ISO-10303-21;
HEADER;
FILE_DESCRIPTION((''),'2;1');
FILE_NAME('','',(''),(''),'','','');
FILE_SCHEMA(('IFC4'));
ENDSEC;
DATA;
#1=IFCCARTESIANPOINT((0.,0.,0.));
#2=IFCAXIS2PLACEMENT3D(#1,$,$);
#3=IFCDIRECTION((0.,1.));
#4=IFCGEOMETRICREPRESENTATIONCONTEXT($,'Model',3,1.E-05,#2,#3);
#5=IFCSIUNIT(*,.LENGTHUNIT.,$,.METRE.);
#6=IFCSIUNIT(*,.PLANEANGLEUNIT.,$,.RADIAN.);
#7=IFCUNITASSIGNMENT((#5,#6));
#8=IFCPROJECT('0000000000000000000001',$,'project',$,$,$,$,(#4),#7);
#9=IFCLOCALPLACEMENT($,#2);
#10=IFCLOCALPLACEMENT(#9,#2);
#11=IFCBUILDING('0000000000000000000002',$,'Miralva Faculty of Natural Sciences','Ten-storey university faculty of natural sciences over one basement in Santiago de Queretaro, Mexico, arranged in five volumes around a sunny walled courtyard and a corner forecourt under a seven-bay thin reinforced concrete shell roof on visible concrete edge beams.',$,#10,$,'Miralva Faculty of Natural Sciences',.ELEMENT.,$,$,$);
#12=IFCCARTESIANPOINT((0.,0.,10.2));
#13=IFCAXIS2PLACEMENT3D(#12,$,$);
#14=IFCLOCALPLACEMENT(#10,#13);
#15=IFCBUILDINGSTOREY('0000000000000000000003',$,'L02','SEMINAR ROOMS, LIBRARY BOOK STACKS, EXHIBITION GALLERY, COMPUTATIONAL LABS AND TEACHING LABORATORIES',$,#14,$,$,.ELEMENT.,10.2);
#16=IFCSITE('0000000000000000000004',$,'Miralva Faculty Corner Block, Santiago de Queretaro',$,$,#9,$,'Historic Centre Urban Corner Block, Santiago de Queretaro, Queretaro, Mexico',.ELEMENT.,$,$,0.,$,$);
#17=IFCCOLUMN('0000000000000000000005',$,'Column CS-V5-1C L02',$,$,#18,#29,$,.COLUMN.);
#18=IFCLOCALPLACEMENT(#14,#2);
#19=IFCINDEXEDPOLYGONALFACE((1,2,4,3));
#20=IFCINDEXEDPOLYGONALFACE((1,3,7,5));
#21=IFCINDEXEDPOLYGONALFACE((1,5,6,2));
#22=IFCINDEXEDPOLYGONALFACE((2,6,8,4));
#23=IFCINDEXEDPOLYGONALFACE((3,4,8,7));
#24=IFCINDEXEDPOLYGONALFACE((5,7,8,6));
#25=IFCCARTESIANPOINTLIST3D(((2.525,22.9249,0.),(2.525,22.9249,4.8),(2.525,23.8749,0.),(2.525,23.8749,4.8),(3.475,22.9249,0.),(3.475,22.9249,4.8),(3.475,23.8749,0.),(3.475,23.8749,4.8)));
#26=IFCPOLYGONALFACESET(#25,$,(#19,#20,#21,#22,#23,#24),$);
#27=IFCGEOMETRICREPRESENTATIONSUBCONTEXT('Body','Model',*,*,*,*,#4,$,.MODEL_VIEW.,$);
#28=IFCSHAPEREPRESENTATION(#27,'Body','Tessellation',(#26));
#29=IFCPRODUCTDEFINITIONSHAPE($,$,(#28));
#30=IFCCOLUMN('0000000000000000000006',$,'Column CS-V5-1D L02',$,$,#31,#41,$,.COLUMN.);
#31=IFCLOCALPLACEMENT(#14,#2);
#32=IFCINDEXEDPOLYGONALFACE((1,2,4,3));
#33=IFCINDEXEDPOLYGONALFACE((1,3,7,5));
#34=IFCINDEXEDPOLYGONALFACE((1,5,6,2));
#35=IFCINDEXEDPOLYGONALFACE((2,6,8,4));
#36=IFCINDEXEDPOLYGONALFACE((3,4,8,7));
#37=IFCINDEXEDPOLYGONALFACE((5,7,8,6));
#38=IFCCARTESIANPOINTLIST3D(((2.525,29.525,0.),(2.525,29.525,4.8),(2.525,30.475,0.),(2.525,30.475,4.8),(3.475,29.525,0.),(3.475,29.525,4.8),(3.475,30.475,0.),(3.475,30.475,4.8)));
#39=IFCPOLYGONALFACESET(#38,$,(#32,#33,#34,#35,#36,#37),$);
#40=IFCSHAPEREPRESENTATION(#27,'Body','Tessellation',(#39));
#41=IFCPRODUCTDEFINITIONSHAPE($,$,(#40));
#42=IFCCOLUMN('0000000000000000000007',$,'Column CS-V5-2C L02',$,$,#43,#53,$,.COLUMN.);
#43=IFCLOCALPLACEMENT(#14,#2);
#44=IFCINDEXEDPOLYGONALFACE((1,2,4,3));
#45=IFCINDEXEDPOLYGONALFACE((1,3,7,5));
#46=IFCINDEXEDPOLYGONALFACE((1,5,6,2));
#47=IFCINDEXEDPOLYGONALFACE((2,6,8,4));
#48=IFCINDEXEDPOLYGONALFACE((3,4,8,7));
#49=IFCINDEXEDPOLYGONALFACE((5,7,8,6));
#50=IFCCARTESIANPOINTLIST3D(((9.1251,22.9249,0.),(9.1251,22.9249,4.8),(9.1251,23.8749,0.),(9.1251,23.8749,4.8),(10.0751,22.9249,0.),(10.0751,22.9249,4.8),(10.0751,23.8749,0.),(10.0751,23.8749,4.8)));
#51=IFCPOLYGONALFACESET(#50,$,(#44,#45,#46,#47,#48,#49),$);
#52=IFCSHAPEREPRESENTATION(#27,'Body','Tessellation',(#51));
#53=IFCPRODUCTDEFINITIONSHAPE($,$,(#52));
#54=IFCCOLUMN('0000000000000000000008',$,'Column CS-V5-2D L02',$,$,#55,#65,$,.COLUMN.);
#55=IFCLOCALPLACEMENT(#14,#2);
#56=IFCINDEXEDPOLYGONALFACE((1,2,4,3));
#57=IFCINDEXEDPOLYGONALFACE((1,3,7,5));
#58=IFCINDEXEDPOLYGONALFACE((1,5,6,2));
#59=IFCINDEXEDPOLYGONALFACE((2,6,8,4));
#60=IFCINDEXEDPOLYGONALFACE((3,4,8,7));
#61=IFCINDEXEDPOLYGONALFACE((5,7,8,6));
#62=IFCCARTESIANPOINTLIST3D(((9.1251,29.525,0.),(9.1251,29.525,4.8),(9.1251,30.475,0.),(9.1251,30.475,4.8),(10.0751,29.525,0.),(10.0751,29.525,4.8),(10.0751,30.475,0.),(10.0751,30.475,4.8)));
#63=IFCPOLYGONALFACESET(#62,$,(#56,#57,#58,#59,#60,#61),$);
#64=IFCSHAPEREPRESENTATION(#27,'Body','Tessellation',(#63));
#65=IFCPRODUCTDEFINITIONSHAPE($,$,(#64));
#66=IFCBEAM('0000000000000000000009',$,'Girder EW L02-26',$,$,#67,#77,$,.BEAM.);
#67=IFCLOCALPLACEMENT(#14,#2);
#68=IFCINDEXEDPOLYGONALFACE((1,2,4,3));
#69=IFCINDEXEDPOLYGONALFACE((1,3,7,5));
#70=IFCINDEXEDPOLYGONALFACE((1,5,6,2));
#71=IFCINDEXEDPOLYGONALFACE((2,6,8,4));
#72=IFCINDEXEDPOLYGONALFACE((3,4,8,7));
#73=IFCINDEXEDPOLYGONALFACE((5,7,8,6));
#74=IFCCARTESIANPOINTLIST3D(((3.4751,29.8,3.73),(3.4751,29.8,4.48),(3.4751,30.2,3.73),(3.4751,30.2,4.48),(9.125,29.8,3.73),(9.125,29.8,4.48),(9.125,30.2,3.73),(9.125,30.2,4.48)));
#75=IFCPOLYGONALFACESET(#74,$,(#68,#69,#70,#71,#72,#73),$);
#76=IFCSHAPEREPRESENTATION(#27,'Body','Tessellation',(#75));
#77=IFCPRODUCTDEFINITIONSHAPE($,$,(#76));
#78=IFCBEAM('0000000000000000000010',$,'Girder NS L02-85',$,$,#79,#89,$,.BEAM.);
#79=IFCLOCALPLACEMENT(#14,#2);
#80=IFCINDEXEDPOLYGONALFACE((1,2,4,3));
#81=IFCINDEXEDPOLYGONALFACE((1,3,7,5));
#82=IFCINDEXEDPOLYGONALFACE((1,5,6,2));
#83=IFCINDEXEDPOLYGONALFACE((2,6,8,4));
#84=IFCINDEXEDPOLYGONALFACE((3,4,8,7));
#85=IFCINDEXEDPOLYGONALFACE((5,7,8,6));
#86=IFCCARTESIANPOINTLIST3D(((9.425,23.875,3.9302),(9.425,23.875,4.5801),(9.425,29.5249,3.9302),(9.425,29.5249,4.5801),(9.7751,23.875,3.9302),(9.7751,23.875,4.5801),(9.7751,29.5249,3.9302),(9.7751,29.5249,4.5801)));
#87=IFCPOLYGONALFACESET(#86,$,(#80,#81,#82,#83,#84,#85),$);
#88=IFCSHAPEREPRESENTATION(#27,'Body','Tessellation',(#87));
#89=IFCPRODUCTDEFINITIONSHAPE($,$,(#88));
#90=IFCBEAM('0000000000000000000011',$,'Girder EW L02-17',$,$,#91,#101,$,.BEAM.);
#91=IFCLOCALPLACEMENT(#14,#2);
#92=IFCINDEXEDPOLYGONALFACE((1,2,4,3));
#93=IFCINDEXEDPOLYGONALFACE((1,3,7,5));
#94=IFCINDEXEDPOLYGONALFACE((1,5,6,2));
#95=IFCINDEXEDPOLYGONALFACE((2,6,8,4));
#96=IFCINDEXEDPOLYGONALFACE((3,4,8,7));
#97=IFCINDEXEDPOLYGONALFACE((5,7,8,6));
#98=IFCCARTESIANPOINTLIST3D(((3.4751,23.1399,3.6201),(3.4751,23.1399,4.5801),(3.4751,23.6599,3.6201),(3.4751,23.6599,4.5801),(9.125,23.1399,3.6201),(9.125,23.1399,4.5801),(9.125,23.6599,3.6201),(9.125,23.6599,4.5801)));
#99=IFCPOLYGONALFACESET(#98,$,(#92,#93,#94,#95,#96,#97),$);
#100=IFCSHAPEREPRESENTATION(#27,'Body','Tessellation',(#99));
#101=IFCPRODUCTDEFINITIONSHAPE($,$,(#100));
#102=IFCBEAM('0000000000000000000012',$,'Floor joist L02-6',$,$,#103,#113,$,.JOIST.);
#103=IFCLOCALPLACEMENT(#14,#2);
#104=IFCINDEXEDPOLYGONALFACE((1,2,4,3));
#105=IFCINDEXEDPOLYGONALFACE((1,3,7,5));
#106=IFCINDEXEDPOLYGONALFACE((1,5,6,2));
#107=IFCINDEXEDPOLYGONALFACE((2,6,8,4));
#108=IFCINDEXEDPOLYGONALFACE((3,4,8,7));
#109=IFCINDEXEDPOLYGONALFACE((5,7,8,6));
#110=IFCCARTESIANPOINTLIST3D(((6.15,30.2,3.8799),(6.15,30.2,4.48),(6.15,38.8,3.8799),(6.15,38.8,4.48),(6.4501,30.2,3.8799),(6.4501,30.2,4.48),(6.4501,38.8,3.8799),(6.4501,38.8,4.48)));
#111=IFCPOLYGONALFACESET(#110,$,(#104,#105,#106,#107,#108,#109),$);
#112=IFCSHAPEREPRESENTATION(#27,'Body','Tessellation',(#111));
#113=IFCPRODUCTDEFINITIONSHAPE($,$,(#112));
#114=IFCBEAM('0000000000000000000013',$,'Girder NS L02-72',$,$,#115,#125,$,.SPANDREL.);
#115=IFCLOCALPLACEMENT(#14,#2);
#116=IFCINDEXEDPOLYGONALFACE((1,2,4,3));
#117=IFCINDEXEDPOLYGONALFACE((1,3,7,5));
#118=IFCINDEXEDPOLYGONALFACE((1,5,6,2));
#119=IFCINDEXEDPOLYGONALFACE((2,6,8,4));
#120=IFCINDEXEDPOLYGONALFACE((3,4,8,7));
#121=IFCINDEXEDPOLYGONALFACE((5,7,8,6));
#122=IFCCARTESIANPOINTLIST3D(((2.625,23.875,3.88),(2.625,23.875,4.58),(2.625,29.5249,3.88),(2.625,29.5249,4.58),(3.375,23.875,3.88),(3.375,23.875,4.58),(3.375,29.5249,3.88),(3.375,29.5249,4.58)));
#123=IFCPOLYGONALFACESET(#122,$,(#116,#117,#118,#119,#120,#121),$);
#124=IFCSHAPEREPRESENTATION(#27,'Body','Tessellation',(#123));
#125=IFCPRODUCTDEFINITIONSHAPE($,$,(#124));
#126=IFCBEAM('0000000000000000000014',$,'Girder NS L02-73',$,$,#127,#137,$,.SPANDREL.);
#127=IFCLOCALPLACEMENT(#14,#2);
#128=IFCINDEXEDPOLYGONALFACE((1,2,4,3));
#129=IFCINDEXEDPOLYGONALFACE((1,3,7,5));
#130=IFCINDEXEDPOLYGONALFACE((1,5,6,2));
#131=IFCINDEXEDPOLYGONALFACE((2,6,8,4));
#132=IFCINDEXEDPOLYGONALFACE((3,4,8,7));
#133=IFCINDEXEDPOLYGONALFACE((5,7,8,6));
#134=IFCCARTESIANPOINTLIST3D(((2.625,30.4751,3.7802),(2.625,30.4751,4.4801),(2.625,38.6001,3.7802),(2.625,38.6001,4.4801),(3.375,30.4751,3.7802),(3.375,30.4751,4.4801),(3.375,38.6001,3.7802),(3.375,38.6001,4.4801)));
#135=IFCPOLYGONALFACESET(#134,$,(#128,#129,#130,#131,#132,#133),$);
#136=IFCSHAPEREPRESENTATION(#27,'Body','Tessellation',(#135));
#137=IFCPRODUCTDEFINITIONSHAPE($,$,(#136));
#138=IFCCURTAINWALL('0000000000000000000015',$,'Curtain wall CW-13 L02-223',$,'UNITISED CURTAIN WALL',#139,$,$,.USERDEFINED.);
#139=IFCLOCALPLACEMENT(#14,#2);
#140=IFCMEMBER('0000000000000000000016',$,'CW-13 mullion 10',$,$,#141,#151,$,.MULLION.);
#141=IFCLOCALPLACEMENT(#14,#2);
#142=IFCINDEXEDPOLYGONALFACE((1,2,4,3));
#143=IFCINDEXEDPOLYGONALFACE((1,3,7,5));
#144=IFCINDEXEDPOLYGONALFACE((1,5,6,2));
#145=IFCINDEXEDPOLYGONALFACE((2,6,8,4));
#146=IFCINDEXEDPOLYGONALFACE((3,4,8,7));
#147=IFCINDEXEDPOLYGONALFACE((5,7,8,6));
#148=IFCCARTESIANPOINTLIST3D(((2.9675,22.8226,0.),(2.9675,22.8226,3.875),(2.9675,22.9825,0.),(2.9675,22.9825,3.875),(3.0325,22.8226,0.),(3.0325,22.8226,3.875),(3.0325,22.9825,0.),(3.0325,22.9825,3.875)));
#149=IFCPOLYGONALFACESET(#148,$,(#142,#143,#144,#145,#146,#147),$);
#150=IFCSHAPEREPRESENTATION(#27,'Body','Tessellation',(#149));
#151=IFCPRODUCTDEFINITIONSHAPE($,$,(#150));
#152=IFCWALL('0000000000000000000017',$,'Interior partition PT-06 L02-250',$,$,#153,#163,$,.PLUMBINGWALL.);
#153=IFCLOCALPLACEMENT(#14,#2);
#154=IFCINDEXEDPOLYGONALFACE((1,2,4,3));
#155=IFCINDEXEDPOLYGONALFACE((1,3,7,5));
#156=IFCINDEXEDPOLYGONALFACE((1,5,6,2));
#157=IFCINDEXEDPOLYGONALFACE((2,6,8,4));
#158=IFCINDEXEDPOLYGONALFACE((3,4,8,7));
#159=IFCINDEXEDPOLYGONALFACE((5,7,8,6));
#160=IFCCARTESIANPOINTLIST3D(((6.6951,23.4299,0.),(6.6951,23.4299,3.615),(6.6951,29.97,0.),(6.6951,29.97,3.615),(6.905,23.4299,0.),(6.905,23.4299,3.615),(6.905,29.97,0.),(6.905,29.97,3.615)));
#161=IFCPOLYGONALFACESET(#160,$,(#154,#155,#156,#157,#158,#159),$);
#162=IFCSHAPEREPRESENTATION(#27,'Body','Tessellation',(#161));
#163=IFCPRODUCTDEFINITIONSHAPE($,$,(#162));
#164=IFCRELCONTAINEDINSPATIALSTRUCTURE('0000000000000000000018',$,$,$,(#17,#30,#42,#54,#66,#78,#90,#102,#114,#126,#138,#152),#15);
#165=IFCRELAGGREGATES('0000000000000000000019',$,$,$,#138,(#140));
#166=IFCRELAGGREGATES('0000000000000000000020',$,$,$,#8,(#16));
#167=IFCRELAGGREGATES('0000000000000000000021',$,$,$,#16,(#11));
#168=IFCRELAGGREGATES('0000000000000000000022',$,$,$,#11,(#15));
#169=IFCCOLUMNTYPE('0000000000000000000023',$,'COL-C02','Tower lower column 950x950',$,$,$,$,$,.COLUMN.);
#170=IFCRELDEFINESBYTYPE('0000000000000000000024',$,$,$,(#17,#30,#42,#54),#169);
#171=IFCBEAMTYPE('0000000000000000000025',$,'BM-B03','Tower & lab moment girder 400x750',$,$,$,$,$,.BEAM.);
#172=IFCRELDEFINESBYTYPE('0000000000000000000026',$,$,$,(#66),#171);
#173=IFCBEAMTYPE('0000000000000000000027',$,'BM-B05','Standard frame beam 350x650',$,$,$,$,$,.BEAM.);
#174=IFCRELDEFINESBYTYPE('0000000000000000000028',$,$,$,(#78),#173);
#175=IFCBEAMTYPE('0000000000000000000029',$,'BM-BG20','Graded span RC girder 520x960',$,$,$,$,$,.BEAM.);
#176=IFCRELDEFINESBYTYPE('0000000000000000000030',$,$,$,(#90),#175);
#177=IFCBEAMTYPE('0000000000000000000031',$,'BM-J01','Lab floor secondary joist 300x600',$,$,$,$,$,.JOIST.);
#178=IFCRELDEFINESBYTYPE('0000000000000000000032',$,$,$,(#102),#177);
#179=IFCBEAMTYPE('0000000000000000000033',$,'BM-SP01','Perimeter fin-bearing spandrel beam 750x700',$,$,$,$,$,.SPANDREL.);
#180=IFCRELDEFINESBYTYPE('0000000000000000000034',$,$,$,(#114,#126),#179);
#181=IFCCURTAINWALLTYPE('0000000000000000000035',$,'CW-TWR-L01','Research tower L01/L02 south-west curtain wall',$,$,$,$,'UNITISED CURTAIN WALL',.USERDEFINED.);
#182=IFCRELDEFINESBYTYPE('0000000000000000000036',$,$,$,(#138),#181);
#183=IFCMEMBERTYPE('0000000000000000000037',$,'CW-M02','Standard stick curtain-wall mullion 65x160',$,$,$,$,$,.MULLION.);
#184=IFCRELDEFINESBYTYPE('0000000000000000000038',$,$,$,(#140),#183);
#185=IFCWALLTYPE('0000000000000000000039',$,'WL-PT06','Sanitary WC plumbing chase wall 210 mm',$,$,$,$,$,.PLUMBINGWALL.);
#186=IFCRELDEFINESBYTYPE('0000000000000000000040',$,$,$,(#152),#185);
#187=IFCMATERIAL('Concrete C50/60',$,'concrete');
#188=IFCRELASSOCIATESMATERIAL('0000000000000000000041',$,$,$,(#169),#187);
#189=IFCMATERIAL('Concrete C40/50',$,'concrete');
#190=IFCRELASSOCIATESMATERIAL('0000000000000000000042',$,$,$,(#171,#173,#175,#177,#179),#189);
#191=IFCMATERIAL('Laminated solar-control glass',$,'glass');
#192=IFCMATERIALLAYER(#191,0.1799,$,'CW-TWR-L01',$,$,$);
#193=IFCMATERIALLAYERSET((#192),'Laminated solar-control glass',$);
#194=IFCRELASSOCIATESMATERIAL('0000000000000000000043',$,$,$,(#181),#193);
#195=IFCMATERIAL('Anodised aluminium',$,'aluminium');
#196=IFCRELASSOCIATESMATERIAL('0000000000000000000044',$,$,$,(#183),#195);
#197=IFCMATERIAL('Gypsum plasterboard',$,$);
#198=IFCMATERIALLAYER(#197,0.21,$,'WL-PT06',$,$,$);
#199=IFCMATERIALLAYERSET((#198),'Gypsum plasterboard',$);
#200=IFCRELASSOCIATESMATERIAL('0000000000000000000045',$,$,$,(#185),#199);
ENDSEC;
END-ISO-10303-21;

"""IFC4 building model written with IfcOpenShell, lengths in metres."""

from ifc_helpers import new_model, si_unit, direction, frame, frame_2d, origin, origin_2d, place, context, subcontext, project, spatial, rectangle, extrude, material, layer, layer_set, material_profile, profile_set, type_object, element, aggregate, save


model = new_model("IFC4")

# Units and contexts
model_context = context("Model", 3, precision=1e-05, world=origin(), true_north=direction((0.0, 1.0)))
body_context = subcontext(model_context, "Body", "Model", "MODEL_VIEW")
ifc_project = project(units=[si_unit("LENGTHUNIT", "METRE"), si_unit("PLANEANGLEUNIT", "RADIAN")], contexts=[model_context])

# Site, building, storey
site_placement = place(None, origin())
site = spatial("IfcSite", under=ifc_project, at=site_placement, Name="Miralva Faculty Corner Block, Santiago de Queretaro", LongName="Historic Centre Urban Corner Block, Santiago de Queretaro, Queretaro, Mexico", CompositionType="ELEMENT", RefElevation=0.0)
building_placement = place(site_placement, origin())
building = spatial("IfcBuilding", under=site, at=building_placement, Name="Miralva Faculty of Natural Sciences", Description="Ten-storey university faculty of natural sciences over one basement in Santiago de Queretaro, Mexico, arranged in five volumes around a sunny walled courtyard and a corner forecourt under a seven-bay thin reinforced concrete shell roof on visible concrete edge beams.", LongName="Miralva Faculty of Natural Sciences", CompositionType="ELEMENT")
storey_placement = place(building_placement, frame((0.0, 0.0, 10.2)))
storey = spatial("IfcBuildingStorey", under=building, at=storey_placement, Name="L02", Description="SEMINAR ROOMS, LIBRARY BOOK STACKS, EXHIBITION GALLERY, COMPUTATIONAL LABS AND TEACHING LABORATORIES", CompositionType="ELEMENT", Elevation=10.2)

# Columns
ifc_material_1 = material(Name="Concrete C50/60", Category="concrete")
ifc_material_profile_1 = material_profile(ifc_material_1, rectangle(XDim=0.95, YDim=0.95, at=origin_2d()), Name="RC 950x950")
ifc_profile_set_1 = profile_set([ifc_material_profile_1], Name="Concrete C50/60")
column_type = type_object("IfcColumnType", Name="COL-C02", Description="Tower lower column 950x950", PredefinedType="COLUMN", material=ifc_profile_set_1)
for number, where, z_axis, x_axis, name in (
    (1, (3.0, 23.3999, 0.0), (0.0, 0.0, 1.0), (1.0, 0.0, 0.0), "Column CS-V5-1C L02"),
    (2, (3.0, 30.0, 0.0), (0.0, 0.0, 1.0), (1.0, 0.0, 0.0), "Column CS-V5-1D L02"),
    (3, (9.6001, 23.3999, 0.0), (0.0, 0.0, 1.0), (1.0, 0.0, 0.0), "Column CS-V5-2C L02"),
    (4, (9.6001, 30.0, 0.0), (0.0, 0.0, 1.0), (1.0, 0.0, 0.0), "Column CS-V5-2D L02"),
):
    element("IfcColumn", number, at=place(storey_placement, frame(where, z_axis=z_axis, x_axis=x_axis)), inside=storey, type_object=column_type, Name=name, PredefinedType="COLUMN", context=body_context, shape_type="SweptSolid", body=[
        extrude(rectangle(XDim=0.95, YDim=0.95, at=origin_2d()), origin(), (0.0, 0.0, 1.0), 4.8),
    ])

# Beams
ifc_material_2 = material(Name="Concrete C40/50", Category="concrete")
ifc_material_profile_2 = material_profile(ifc_material_2, rectangle(XDim=0.3999, YDim=0.75, at=origin_2d()), Name="RC 400x750")
ifc_profile_set_2 = profile_set([ifc_material_profile_2], Name="Concrete C40/50")
beam_type_1 = type_object("IfcBeamType", Name="BM-B03", Description="Tower & lab moment girder 400x750", PredefinedType="BEAM", material=ifc_profile_set_2)
beam_1_placement = place(storey_placement, frame((3.4751, 30.0, 4.105), z_axis=(1.0, 0.0, 0.0), x_axis=(0.0, 1.0, 0.0)))
element("IfcBeam", 5, at=beam_1_placement, inside=storey, type_object=beam_type_1, Name="Girder EW L02-26", PredefinedType="BEAM", context=body_context, shape_type="SweptSolid", body=[
    extrude(rectangle(XDim=0.3999, YDim=0.75, at=origin_2d()), origin(), (0.0, 0.0, 1.0), 5.6499),
])
ifc_material_profile_3 = material_profile(ifc_material_2, rectangle(XDim=0.3501, YDim=0.6499, at=origin_2d()), Name="RC 350x650")
ifc_profile_set_3 = profile_set([ifc_material_profile_3], Name="Concrete C40/50")
beam_type_2 = type_object("IfcBeamType", Name="BM-B05", Description="Standard frame beam 350x650", PredefinedType="BEAM", material=ifc_profile_set_3)
beam_2_placement = place(storey_placement, frame((9.6001, 23.875, 4.2551), z_axis=(0.0, 1.0, 0.0), x_axis=(-1.0, 0.0, 0.0)))
element("IfcBeam", 6, at=beam_2_placement, inside=storey, type_object=beam_type_2, Name="Girder NS L02-85", PredefinedType="BEAM", context=body_context, shape_type="SweptSolid", body=[
    extrude(rectangle(XDim=0.3501, YDim=0.6499, at=origin_2d()), origin(), (0.0, 0.0, 1.0), 5.6499),
])
ifc_material_profile_4 = material_profile(ifc_material_2, rectangle(XDim=0.52, YDim=0.96, at=origin_2d()), Name="RC 520x960")
ifc_profile_set_4 = profile_set([ifc_material_profile_4], Name="Concrete C40/50")
beam_type_3 = type_object("IfcBeamType", Name="BM-BG20", Description="Graded span RC girder 520x960", PredefinedType="BEAM", material=ifc_profile_set_4)
beam_3_placement = place(storey_placement, frame((3.4751, 23.3999, 4.1001), z_axis=(1.0, 0.0, 0.0), x_axis=(0.0, 1.0, 0.0)))
element("IfcBeam", 7, at=beam_3_placement, inside=storey, type_object=beam_type_3, Name="Girder EW L02-17", PredefinedType="BEAM", context=body_context, shape_type="SweptSolid", body=[
    extrude(rectangle(XDim=0.52, YDim=0.96, at=origin_2d()), origin(), (0.0, 0.0, 1.0), 5.6499),
])
ifc_material_profile_5 = material_profile(ifc_material_2, rectangle(XDim=0.3, YDim=0.6001, at=origin_2d()), Name="RC 300x600")
ifc_profile_set_5 = profile_set([ifc_material_profile_5], Name="Concrete C40/50")
beam_type_4 = type_object("IfcBeamType", Name="BM-J01", Description="Lab floor secondary joist 300x600", PredefinedType="JOIST", material=ifc_profile_set_5)
beam_4_placement = place(storey_placement, frame((6.3, 30.2, 4.1799), z_axis=(0.0, 1.0, 0.0), x_axis=(-1.0, 0.0, 0.0)))
element("IfcBeam", 8, at=beam_4_placement, inside=storey, type_object=beam_type_4, Name="Floor joist L02-6", PredefinedType="JOIST", context=body_context, shape_type="SweptSolid", body=[
    extrude(rectangle(XDim=0.3, YDim=0.6001, at=origin_2d()), origin(), (0.0, 0.0, 1.0), 8.6001),
])
ifc_material_profile_6 = material_profile(ifc_material_2, rectangle(XDim=0.75, YDim=0.7, at=origin_2d()), Name="RC 750x700")
ifc_profile_set_6 = profile_set([ifc_material_profile_6], Name="Concrete C40/50")
beam_type_5 = type_object("IfcBeamType", Name="BM-SP01", Description="Perimeter fin-bearing spandrel beam 750x700", PredefinedType="SPANDREL", material=ifc_profile_set_6)
beam_5_placement = place(storey_placement, frame((3.0, 23.875, 4.23), z_axis=(0.0, 1.0, 0.0), x_axis=(-1.0, 0.0, 0.0)))
element("IfcBeam", 9, at=beam_5_placement, inside=storey, type_object=beam_type_5, Name="Girder NS L02-72", PredefinedType="SPANDREL", context=body_context, shape_type="SweptSolid", body=[
    extrude(rectangle(XDim=0.75, YDim=0.7, at=origin_2d()), origin(), (0.0, 0.0, 1.0), 5.6499),
])
beam_6_placement = place(storey_placement, frame((3.0, 30.4751, 4.1301), z_axis=(0.0, 1.0, 0.0), x_axis=(-1.0, 0.0, 0.0)))
element("IfcBeam", 10, at=beam_6_placement, inside=storey, type_object=beam_type_5, Name="Girder NS L02-73", PredefinedType="SPANDREL", context=body_context, shape_type="SweptSolid", body=[
    extrude(rectangle(XDim=0.75, YDim=0.7, at=origin_2d()), origin(), (0.0, 0.0, 1.0), 8.125),
])

# Curtain wall, member
ifc_material_3 = material(Name="Laminated solar-control glass", Category="glass")
ifc_layer_1 = layer(ifc_material_3, 0.1799, Name="CW-TWR-L01")
ifc_layer_set_1 = layer_set([ifc_layer_1], Name="Laminated solar-control glass")
curtain_wall_type = type_object("IfcCurtainWallType", Name="CW-TWR-L01", Description="Research tower L01/L02 south-west curtain wall", ElementType="UNITISED CURTAIN WALL", PredefinedType="USERDEFINED", material=ifc_layer_set_1)
curtain_wall_placement = place(storey_placement, origin())
curtain_wall = element("IfcCurtainWall", 11, at=curtain_wall_placement, inside=storey, type_object=curtain_wall_type, Name="Curtain wall CW-13 L02-223", ObjectType="UNITISED CURTAIN WALL", PredefinedType="USERDEFINED")
ifc_material_4 = material(Name="Anodised aluminium", Category="aluminium")
ifc_material_profile_7 = material_profile(ifc_material_4, rectangle(XDim=0.0649, YDim=0.1599, at=origin_2d()), Name="MULLION 65x160")
ifc_profile_set_7 = profile_set([ifc_material_profile_7], Name="Anodised aluminium")
member_type = type_object("IfcMemberType", Name="CW-M02", Description="Standard stick curtain-wall mullion 65x160", PredefinedType="MULLION", material=ifc_profile_set_7)
member_placement = place(storey_placement, frame((3.0, 22.9026, 0.0), z_axis=(0.0, 0.0, 1.0), x_axis=(-1.0, 0.0, 0.0)))
member = element("IfcMember", 12, at=member_placement, type_object=member_type, Name="CW-13 mullion 10", PredefinedType="MULLION", context=body_context, shape_type="SweptSolid", body=[
    extrude(rectangle(XDim=0.0649, YDim=0.1599, at=origin_2d()), origin(), (0.0, 0.0, 1.0), 3.875),
])
aggregate(curtain_wall, [member])

# Wall
ifc_material_5 = material(Name="Gypsum plasterboard")
ifc_layer_2 = layer(ifc_material_5, 0.21, Name="WL-PT06")
ifc_layer_set_2 = layer_set([ifc_layer_2], Name="Gypsum plasterboard")
wall_type_1 = type_object("IfcWallType", Name="WL-PT06", Description="Sanitary WC plumbing chase wall 210 mm", PredefinedType="PLUMBINGWALL", material=ifc_layer_set_2)
wall_1_placement = place(storey_placement, frame((6.8, 23.4299, 0.0), z_axis=(0.0, 0.0, 1.0), x_axis=(0.0, 1.0, 0.0)))
element("IfcWall", 13, at=wall_1_placement, inside=storey, type_object=wall_type_1, Name="Interior partition PT-06 L02-250", PredefinedType="PLUMBINGWALL", context=body_context, shape_type="SweptSolid", body=[
    extrude(rectangle(XDim=6.54, YDim=0.21, at=frame_2d((3.27, 0.0))), origin(), (0.0, 0.0, 1.0), 3.615),
])

save(model, "model.ifc")
